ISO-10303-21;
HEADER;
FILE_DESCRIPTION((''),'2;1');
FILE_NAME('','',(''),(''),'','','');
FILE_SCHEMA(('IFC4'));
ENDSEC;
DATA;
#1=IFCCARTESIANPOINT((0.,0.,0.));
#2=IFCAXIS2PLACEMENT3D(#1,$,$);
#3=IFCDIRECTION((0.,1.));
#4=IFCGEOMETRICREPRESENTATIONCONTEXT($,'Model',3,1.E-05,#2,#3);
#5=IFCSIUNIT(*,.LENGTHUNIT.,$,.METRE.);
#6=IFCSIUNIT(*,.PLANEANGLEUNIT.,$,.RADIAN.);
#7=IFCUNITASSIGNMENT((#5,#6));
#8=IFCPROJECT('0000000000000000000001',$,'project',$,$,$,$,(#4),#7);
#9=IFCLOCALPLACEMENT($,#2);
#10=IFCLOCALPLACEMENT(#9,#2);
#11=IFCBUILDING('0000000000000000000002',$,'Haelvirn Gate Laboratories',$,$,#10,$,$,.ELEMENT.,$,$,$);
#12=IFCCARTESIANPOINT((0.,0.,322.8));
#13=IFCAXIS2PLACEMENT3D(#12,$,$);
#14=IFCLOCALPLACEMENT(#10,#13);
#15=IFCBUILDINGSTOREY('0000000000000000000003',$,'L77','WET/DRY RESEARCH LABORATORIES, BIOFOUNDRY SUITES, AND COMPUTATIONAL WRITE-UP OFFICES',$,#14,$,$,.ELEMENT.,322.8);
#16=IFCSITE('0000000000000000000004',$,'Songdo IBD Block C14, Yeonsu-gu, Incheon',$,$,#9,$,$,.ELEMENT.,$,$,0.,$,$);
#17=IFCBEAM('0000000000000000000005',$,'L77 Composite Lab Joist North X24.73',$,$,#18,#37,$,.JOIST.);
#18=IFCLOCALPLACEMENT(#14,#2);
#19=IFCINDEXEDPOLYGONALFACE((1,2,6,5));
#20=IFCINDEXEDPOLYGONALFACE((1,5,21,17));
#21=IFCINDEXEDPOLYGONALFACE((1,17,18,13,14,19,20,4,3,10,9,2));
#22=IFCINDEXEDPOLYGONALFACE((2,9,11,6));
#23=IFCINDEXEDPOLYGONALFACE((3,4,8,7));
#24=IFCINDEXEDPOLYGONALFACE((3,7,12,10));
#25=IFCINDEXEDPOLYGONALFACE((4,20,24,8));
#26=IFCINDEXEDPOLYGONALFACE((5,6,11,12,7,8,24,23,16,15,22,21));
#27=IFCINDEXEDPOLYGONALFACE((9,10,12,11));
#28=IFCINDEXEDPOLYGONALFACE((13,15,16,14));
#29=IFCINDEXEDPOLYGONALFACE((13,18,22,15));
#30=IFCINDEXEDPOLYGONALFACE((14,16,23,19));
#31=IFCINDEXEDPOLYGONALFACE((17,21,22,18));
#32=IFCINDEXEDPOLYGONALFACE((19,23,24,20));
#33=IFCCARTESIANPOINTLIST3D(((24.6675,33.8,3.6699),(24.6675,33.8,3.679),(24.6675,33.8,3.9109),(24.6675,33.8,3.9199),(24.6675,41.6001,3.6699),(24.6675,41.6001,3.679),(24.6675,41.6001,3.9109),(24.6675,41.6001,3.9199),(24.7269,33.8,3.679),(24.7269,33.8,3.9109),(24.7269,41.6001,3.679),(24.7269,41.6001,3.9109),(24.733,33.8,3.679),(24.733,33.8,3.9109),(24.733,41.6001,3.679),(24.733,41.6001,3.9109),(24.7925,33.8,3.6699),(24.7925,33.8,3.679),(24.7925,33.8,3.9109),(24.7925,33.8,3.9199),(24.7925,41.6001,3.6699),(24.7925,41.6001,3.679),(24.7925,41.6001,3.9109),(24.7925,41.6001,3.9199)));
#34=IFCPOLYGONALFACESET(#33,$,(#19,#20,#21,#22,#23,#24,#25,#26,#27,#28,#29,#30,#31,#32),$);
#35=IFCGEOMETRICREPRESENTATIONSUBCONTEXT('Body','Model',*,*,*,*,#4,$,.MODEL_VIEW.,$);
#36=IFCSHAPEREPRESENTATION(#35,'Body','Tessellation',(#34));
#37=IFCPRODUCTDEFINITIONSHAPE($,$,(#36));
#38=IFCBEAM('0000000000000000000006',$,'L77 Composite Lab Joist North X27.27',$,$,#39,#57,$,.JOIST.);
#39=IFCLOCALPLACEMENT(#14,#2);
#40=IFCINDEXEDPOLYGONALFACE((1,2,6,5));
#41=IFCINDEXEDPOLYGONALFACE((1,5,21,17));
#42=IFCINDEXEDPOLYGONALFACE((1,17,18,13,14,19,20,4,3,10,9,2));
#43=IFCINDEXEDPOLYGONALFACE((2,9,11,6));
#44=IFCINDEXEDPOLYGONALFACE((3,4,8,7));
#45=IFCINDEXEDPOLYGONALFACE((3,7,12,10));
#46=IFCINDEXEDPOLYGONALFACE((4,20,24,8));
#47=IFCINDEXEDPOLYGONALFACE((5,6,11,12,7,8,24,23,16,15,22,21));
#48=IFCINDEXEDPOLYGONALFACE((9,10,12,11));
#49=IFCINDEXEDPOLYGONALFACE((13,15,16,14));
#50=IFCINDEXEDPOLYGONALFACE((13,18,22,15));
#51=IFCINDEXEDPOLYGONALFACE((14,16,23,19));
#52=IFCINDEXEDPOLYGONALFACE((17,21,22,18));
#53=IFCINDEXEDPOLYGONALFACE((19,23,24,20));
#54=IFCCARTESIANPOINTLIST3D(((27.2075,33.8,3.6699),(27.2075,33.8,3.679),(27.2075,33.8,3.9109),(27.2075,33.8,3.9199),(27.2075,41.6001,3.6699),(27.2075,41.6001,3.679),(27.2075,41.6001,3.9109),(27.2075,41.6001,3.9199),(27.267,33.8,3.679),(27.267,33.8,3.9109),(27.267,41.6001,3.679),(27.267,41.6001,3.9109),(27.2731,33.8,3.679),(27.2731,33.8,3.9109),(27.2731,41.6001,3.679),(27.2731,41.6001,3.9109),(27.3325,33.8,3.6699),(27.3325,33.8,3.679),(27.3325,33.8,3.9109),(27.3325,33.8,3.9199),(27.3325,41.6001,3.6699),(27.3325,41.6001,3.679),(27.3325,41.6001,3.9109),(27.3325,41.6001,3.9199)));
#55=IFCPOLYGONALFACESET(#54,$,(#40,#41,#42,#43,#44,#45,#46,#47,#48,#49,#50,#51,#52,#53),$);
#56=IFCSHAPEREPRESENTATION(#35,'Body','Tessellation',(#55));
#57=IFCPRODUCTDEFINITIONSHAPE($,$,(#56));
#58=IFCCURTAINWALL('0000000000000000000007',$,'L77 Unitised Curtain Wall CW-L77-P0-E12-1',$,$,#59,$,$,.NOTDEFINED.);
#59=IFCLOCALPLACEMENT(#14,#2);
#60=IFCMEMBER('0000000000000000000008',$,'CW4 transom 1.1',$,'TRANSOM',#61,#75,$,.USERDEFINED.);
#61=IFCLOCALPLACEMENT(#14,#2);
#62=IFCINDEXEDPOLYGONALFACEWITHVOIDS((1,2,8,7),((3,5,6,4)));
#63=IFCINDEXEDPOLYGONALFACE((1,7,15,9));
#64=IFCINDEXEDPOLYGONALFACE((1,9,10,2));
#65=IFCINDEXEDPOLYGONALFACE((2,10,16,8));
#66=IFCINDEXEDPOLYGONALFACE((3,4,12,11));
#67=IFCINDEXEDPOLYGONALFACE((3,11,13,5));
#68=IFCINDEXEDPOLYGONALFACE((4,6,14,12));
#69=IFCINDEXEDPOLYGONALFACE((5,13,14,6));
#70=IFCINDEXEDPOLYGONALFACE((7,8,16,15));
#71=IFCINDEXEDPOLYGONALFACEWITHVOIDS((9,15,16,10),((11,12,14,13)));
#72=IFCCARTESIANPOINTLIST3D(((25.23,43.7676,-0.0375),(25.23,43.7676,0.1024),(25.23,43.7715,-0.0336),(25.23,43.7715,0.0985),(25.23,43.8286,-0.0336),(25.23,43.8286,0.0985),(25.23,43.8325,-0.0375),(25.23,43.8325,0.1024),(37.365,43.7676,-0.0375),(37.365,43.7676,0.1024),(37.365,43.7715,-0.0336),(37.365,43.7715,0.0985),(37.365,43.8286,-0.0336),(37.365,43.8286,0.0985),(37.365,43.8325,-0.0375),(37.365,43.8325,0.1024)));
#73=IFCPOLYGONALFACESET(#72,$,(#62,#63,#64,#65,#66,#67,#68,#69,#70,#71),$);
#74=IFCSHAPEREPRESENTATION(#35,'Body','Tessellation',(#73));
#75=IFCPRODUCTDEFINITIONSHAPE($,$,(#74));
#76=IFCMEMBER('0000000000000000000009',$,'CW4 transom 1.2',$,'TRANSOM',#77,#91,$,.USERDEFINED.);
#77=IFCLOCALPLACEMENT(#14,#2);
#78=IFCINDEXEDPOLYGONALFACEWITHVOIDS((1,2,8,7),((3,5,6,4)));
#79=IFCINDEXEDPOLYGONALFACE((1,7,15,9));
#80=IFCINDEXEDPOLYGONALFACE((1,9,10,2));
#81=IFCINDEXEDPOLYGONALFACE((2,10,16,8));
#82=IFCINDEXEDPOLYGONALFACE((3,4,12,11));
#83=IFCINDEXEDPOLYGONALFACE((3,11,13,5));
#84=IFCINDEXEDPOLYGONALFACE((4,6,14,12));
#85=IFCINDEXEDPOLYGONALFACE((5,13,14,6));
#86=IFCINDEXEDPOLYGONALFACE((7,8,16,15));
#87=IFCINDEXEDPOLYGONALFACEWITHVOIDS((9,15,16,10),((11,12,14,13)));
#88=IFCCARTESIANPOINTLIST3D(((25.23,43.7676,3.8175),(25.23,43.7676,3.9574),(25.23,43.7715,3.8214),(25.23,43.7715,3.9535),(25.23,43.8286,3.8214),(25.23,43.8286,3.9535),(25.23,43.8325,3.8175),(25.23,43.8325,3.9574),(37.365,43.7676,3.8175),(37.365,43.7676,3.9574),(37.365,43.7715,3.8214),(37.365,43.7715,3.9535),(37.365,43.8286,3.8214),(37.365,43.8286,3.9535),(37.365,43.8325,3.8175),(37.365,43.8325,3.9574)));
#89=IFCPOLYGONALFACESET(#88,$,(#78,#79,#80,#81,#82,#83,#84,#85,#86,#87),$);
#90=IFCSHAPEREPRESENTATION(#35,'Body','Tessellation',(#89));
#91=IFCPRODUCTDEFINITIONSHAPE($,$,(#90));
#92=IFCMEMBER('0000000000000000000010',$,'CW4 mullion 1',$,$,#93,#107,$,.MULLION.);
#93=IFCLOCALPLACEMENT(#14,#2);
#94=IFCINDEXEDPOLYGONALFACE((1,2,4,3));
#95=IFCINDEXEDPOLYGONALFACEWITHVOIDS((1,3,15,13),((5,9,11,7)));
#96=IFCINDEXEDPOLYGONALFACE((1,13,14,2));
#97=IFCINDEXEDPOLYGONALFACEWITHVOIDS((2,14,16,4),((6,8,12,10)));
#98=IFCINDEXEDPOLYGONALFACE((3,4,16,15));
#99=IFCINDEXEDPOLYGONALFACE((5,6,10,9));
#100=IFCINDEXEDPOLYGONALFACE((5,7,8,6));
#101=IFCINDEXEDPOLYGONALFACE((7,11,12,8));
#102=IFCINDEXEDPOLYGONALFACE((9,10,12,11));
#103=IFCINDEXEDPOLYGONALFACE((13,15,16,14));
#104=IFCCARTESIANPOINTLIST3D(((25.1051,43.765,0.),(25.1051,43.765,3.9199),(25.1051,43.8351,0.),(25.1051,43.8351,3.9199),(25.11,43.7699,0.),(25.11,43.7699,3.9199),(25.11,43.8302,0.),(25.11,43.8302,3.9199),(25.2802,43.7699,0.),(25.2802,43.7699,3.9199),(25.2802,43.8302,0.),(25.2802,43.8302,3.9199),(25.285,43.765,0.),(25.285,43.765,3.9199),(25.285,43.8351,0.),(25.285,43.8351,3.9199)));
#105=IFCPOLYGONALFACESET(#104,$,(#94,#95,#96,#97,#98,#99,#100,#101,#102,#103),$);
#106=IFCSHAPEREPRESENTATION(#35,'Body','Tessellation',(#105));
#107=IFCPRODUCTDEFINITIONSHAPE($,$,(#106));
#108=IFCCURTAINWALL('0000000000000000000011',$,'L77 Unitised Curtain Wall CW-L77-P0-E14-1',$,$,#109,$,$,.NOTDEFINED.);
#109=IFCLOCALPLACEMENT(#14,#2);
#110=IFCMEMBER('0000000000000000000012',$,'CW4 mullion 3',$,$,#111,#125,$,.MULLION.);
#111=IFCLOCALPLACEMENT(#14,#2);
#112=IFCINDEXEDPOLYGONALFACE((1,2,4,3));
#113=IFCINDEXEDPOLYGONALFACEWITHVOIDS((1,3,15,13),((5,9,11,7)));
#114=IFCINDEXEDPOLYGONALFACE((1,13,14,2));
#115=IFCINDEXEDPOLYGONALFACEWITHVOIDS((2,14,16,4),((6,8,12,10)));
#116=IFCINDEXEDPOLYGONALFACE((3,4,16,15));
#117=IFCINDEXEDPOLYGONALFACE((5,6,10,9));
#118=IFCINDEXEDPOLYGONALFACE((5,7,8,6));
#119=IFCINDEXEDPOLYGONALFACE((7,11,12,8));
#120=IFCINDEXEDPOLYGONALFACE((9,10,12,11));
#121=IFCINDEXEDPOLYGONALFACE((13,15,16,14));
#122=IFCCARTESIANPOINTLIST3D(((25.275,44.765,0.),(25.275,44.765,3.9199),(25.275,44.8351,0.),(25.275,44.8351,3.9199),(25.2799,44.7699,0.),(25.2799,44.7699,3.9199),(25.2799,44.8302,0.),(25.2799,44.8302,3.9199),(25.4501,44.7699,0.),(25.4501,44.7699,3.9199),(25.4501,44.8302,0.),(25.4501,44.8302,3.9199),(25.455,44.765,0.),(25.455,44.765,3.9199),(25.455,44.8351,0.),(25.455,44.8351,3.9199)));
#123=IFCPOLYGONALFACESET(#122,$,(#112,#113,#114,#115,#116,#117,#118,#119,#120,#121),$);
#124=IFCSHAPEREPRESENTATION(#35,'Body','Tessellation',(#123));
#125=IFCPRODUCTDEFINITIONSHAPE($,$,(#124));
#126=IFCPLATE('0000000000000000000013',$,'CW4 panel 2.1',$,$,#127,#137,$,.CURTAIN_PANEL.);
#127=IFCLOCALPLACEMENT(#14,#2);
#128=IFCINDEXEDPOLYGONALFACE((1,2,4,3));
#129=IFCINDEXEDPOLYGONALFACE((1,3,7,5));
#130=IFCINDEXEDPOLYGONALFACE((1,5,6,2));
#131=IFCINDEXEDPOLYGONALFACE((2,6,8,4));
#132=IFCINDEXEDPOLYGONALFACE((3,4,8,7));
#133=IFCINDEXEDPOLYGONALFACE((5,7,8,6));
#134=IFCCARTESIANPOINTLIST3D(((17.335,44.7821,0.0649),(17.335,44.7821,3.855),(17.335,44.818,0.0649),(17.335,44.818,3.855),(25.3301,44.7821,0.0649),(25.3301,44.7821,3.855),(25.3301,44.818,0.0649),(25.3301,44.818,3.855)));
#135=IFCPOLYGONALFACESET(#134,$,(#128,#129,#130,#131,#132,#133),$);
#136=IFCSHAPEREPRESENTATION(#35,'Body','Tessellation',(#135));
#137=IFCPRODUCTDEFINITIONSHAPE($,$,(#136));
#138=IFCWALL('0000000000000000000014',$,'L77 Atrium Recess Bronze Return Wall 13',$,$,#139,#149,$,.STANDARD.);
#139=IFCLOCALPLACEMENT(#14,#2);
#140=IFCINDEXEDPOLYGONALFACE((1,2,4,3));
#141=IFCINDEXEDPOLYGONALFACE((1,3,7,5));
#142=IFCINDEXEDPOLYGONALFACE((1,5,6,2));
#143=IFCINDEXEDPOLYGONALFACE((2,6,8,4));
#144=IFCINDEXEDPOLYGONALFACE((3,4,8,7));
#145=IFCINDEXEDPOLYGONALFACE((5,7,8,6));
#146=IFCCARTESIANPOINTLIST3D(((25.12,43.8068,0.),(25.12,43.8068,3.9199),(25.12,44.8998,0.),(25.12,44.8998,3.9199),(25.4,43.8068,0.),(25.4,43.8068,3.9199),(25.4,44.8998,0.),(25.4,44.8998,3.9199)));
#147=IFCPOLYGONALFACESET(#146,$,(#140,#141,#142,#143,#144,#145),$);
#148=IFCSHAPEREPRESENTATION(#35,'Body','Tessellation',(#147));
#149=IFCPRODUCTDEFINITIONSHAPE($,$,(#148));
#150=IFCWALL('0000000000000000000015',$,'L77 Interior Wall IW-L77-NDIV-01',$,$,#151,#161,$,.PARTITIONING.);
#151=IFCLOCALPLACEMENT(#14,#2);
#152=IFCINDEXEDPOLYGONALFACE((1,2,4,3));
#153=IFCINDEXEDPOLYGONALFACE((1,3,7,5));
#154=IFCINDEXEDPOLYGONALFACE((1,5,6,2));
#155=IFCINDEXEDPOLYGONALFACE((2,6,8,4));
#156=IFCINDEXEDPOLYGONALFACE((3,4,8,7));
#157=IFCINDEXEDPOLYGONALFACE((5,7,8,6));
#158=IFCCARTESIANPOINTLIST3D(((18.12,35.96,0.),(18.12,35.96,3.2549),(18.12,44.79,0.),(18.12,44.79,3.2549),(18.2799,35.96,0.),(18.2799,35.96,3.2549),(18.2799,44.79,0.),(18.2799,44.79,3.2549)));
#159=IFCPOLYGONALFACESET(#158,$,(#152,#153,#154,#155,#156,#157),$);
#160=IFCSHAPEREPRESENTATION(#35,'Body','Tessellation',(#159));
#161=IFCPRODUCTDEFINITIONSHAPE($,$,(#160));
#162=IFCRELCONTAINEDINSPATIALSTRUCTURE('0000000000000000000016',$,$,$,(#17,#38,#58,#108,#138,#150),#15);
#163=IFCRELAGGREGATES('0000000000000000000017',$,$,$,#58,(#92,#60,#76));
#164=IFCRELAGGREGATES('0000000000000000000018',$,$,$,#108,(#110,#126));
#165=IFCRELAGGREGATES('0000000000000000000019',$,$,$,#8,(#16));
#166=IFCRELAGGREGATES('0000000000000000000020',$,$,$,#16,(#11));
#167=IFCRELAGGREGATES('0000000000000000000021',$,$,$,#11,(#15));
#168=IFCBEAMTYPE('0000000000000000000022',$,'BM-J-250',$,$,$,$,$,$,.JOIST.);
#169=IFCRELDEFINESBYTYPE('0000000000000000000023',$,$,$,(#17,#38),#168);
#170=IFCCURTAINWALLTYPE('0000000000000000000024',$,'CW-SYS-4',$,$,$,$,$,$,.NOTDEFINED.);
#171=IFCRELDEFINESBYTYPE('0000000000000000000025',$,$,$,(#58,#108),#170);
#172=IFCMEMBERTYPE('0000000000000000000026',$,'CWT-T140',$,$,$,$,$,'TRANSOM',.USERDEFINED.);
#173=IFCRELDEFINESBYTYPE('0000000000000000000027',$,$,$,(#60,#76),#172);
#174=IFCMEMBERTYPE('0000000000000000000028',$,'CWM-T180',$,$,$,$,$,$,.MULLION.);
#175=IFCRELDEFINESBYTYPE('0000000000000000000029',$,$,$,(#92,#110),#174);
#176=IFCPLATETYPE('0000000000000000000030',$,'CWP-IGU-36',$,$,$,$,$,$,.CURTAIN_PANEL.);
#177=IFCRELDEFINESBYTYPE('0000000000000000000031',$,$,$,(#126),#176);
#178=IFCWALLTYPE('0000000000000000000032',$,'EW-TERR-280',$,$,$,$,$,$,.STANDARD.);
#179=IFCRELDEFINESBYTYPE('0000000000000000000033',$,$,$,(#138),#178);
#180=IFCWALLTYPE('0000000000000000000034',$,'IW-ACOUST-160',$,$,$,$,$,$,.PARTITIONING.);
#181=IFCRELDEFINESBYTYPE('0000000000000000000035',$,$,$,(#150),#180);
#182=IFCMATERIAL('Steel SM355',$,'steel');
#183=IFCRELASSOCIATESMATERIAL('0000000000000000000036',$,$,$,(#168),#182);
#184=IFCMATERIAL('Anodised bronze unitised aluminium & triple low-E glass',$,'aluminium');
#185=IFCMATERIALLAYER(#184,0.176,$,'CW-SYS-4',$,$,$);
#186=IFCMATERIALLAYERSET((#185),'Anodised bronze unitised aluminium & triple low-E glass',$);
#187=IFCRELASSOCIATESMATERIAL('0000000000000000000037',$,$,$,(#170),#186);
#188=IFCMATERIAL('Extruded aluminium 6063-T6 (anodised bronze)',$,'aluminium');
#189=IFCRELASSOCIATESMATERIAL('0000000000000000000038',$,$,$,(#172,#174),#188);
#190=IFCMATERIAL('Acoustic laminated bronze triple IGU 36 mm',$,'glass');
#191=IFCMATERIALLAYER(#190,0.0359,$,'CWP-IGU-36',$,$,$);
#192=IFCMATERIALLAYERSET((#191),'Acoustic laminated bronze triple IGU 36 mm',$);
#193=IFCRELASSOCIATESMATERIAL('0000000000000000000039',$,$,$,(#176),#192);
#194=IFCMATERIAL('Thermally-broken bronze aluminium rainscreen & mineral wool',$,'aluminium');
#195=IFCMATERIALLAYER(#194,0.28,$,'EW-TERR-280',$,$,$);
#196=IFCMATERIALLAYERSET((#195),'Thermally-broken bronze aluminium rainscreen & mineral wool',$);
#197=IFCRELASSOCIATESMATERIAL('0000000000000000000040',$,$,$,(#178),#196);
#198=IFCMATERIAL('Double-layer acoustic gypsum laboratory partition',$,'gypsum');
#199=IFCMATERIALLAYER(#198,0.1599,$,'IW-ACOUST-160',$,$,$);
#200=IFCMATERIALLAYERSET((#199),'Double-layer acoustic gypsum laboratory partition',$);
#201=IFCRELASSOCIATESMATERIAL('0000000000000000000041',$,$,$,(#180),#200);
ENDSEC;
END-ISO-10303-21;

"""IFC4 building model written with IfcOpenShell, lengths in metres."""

from ifc_helpers import new_model, si_unit, direction, frame, frame_2d, origin, origin_2d, place, context, subcontext, project, spatial, rectangle, hollow_rectangle, i_section, extrude, source, transform, mapped, material, layer, layer_set, material_profile, profile_set, type_object, type_shapes, element, aggregate, save


model = new_model("IFC4")

# Units and contexts
model_context = context("Model", 3, precision=1e-05, world=origin(), true_north=direction((0.0, 1.0)))
body_context = subcontext(model_context, "Body", "Model", "MODEL_VIEW")
ifc_project = project(units=[si_unit("LENGTHUNIT", "METRE"), si_unit("PLANEANGLEUNIT", "RADIAN")], contexts=[model_context])

# Site, building, storey
site_placement = place(None, origin())
site = spatial("IfcSite", under=ifc_project, at=site_placement, Name="Songdo IBD Block C14, Yeonsu-gu, Incheon", CompositionType="ELEMENT", RefElevation=0.0)
building_placement = place(site_placement, origin())
building = spatial("IfcBuilding", under=site, at=building_placement, Name="Haelvirn Gate Laboratories", CompositionType="ELEMENT")
storey_placement = place(building_placement, frame((0.0, 0.0, 322.8)))
storey = spatial("IfcBuildingStorey", under=building, at=storey_placement, Name="L77", Description="WET/DRY RESEARCH LABORATORIES, BIOFOUNDRY SUITES, AND COMPUTATIONAL WRITE-UP OFFICES", CompositionType="ELEMENT", Elevation=322.8)

# Shared definitions
ifc_material_1 = material(Name="Steel SM355", Category="steel")

# Beams
ifc_material_profile_1 = material_profile(ifc_material_1, i_section(OverallWidth=0.125, OverallDepth=0.25, WebThickness=0.0061, FlangeThickness=0.009, at=origin_2d()), Name="H-250x125x6x9")
ifc_profile_set_1 = profile_set([ifc_material_profile_1], Name="Steel SM355")
beam_type_1 = type_object("IfcBeamType", Name="BM-J-250", PredefinedType="JOIST", material=ifc_profile_set_1)
shared_shape_1 = source(origin(), body_context, "Body", "SweptSolid", [
    extrude(i_section(OverallWidth=0.125, OverallDepth=0.25, WebThickness=0.0061, FlangeThickness=0.009, at=origin_2d()), origin(), (0.0, 0.0, 1.0), 7.8),
])
type_shapes(beam_type_1, [shared_shape_1])
for number, where, z_axis, x_axis, name in (
    (1, (24.73, 33.8, 3.7949), (0.0, 1.0, 0.0), (-1.0, 0.0, 0.0), "L77 Composite Lab Joist North X24.73"),
    (2, (27.27, 33.8, 3.7949), (0.0, 1.0, 0.0), (-1.0, 0.0, 0.0), "L77 Composite Lab Joist North X27.27"),
):
    element("IfcBeam", number, at=place(storey_placement, frame(where, z_axis=z_axis, x_axis=x_axis)), inside=storey, type_object=beam_type_1, Name=name, PredefinedType="JOIST", context=body_context, shape_type="MappedRepresentation", body=[
        mapped(shared_shape_1, transform((0.0, 0.0, 0.0), scale=1.0)),
    ])

# Curtain wall, members
ifc_material_2 = material(Name="Anodised bronze unitised aluminium & triple low-E glass", Category="aluminium")
ifc_layer_1 = layer(ifc_material_2, 0.176, Name="CW-SYS-4")
ifc_layer_set_1 = layer_set([ifc_layer_1], Name="Anodised bronze unitised aluminium & triple low-E glass")
curtain_wall_type = type_object("IfcCurtainWallType", Name="CW-SYS-4", PredefinedType="NOTDEFINED", material=ifc_layer_set_1)
curtain_wall_1_placement = place(storey_placement, origin())
curtain_wall_1 = element("IfcCurtainWall", 3, at=curtain_wall_1_placement, inside=storey, type_object=curtain_wall_type, Name="L77 Unitised Curtain Wall CW-L77-P0-E12-1", PredefinedType="NOTDEFINED")
ifc_material_3 = material(Name="Extruded aluminium 6063-T6 (anodised bronze)", Category="aluminium")
ifc_material_profile_2 = material_profile(ifc_material_3, hollow_rectangle(XDim=0.0649, YDim=0.1399, WallThickness=0.0039, at=origin_2d()), Name="CWT-140x65x4")
ifc_profile_set_2 = profile_set([ifc_material_profile_2], Name="Extruded aluminium 6063-T6 (anodised bronze)")
member_type_1 = type_object("IfcMemberType", Name="CWT-T140", ElementType="TRANSOM", PredefinedType="USERDEFINED", material=ifc_profile_set_2)
shared_shape_2 = source(origin(), body_context, "Body", "SweptSolid", [
    extrude(hollow_rectangle(XDim=0.0649, YDim=0.1399, WallThickness=0.0039, at=origin_2d()), origin(), (0.0, 0.0, 1.0), 12.135),
])
type_shapes(member_type_1, [shared_shape_2])
member_1_placement = place(storey_placement, frame((25.23, 43.8, 0.0325), z_axis=(1.0, 0.0, 0.0), x_axis=(0.0, 1.0, 0.0)))
member_1 = element("IfcMember", 4, at=member_1_placement, type_object=member_type_1, Name="CW4 transom 1.1", ObjectType="TRANSOM", PredefinedType="USERDEFINED", context=body_context, shape_type="MappedRepresentation", body=[
    mapped(shared_shape_2, transform((0.0, 0.0, 0.0), scale=1.0)),
])
member_2_placement = place(storey_placement, frame((25.23, 43.8, 3.8875), z_axis=(1.0, 0.0, 0.0), x_axis=(0.0, 1.0, 0.0)))
member_2 = element("IfcMember", 5, at=member_2_placement, type_object=member_type_1, Name="CW4 transom 1.2", ObjectType="TRANSOM", PredefinedType="USERDEFINED", context=body_context, shape_type="MappedRepresentation", body=[
    mapped(shared_shape_2, transform((0.0, 0.0, 0.0), scale=1.0)),
])
ifc_material_profile_3 = material_profile(ifc_material_3, hollow_rectangle(XDim=0.0701, YDim=0.1799, WallThickness=0.0049, at=origin_2d()), Name="CWM-180x70x5")
ifc_profile_set_3 = profile_set([ifc_material_profile_3], Name="Extruded aluminium 6063-T6 (anodised bronze)")
member_type_2 = type_object("IfcMemberType", Name="CWM-T180", PredefinedType="MULLION", material=ifc_profile_set_3)
shared_shape_3 = source(origin(), body_context, "Body", "SweptSolid", [
    extrude(hollow_rectangle(XDim=0.0701, YDim=0.1799, WallThickness=0.0049, at=origin_2d()), origin(), (0.0, 0.0, 1.0), 3.9199),
])
type_shapes(member_type_2, [shared_shape_3])
member_3_placement = place(storey_placement, frame((25.1951, 43.8, 0.0), z_axis=(0.0, 0.0, 1.0), x_axis=(0.0, 1.0, 0.0)))
member_3 = element("IfcMember", 6, at=member_3_placement, type_object=member_type_2, Name="CW4 mullion 1", PredefinedType="MULLION", context=body_context, shape_type="MappedRepresentation", body=[
    mapped(shared_shape_3, transform((0.0, 0.0, 0.0), scale=1.0)),
])
aggregate(curtain_wall_1, [member_3, member_1, member_2])

# Curtain wall, member, plate
curtain_wall_2_placement = place(storey_placement, origin())
curtain_wall_2 = element("IfcCurtainWall", 7, at=curtain_wall_2_placement, inside=storey, type_object=curtain_wall_type, Name="L77 Unitised Curtain Wall CW-L77-P0-E14-1", PredefinedType="NOTDEFINED")
member_4_placement = place(storey_placement, frame((25.365, 44.8, 0.0), z_axis=(0.0, 0.0, 1.0), x_axis=(0.0, 1.0, 0.0)))
member_4 = element("IfcMember", 8, at=member_4_placement, type_object=member_type_2, Name="CW4 mullion 3", PredefinedType="MULLION", context=body_context, shape_type="MappedRepresentation", body=[
    mapped(shared_shape_3, transform((0.0, 0.0, 0.0), scale=1.0)),
])
ifc_material_4 = material(Name="Acoustic laminated bronze triple IGU 36 mm", Category="glass")
ifc_layer_2 = layer(ifc_material_4, 0.0359, Name="CWP-IGU-36")
ifc_layer_set_2 = layer_set([ifc_layer_2], Name="Acoustic laminated bronze triple IGU 36 mm")
plate_type = type_object("IfcPlateType", Name="CWP-IGU-36", PredefinedType="CURTAIN_PANEL", material=ifc_layer_set_2)
shared_shape_4 = source(origin(), body_context, "Body", "SweptSolid", [
    extrude(rectangle(XDim=7.9951, YDim=0.0359, at=origin_2d()), origin(), (0.0, 0.0, 1.0), 3.79),
])
type_shapes(plate_type, [shared_shape_4])
plate_placement = place(storey_placement, frame((21.3325, 44.8, 0.0649), z_axis=(0.0, 0.0, 1.0), x_axis=(1.0, 0.0, 0.0)))
plate = element("IfcPlate", 9, at=plate_placement, type_object=plate_type, Name="CW4 panel 2.1", PredefinedType="CURTAIN_PANEL", context=body_context, shape_type="MappedRepresentation", body=[
    mapped(shared_shape_4, transform((0.0, 0.0, 0.0), scale=1.0)),
])
aggregate(curtain_wall_2, [member_4, plate])

# Walls
ifc_material_5 = material(Name="Thermally-broken bronze aluminium rainscreen & mineral wool", Category="aluminium")
ifc_layer_3 = layer(ifc_material_5, 0.28, Name="EW-TERR-280")
ifc_layer_set_3 = layer_set([ifc_layer_3], Name="Thermally-broken bronze aluminium rainscreen & mineral wool")
wall_type_1 = type_object("IfcWallType", Name="EW-TERR-280", PredefinedType="STANDARD", material=ifc_layer_set_3)
wall_1_placement = place(storey_placement, frame((25.26, 43.8069, 0.0), z_axis=(0.0, 0.0, 1.0), x_axis=(0.0, 1.0, 0.0)))
element("IfcWall", 10, at=wall_1_placement, inside=storey, type_object=wall_type_1, Name="L77 Atrium Recess Bronze Return Wall 13", PredefinedType="STANDARD", context=body_context, shape_type="SweptSolid", body=[
    extrude(rectangle(XDim=1.093, YDim=0.28, at=frame_2d((0.5464, 0.0))), origin(), (0.0, 0.0, 1.0), 3.9199),
])
ifc_material_6 = material(Name="Double-layer acoustic gypsum laboratory partition", Category="gypsum")
ifc_layer_4 = layer(ifc_material_6, 0.1599, Name="IW-ACOUST-160")
ifc_layer_set_4 = layer_set([ifc_layer_4], Name="Double-layer acoustic gypsum laboratory partition")
wall_type_2 = type_object("IfcWallType", Name="IW-ACOUST-160", PredefinedType="PARTITIONING", material=ifc_layer_set_4)
wall_2_placement = place(storey_placement, frame((18.2, 35.96, 0.0), z_axis=(0.0, 0.0, 1.0), x_axis=(0.0, 1.0, 0.0)))
element("IfcWall", 11, at=wall_2_placement, inside=storey, type_object=wall_type_2, Name="L77 Interior Wall IW-L77-NDIV-01", PredefinedType="PARTITIONING", context=body_context, shape_type="SweptSolid", body=[
    extrude(rectangle(XDim=8.8301, YDim=0.1599, at=frame_2d((4.415, 0.0))), origin(), (0.0, 0.0, 1.0), 3.2549),
])

save(model, "model.ifc")
